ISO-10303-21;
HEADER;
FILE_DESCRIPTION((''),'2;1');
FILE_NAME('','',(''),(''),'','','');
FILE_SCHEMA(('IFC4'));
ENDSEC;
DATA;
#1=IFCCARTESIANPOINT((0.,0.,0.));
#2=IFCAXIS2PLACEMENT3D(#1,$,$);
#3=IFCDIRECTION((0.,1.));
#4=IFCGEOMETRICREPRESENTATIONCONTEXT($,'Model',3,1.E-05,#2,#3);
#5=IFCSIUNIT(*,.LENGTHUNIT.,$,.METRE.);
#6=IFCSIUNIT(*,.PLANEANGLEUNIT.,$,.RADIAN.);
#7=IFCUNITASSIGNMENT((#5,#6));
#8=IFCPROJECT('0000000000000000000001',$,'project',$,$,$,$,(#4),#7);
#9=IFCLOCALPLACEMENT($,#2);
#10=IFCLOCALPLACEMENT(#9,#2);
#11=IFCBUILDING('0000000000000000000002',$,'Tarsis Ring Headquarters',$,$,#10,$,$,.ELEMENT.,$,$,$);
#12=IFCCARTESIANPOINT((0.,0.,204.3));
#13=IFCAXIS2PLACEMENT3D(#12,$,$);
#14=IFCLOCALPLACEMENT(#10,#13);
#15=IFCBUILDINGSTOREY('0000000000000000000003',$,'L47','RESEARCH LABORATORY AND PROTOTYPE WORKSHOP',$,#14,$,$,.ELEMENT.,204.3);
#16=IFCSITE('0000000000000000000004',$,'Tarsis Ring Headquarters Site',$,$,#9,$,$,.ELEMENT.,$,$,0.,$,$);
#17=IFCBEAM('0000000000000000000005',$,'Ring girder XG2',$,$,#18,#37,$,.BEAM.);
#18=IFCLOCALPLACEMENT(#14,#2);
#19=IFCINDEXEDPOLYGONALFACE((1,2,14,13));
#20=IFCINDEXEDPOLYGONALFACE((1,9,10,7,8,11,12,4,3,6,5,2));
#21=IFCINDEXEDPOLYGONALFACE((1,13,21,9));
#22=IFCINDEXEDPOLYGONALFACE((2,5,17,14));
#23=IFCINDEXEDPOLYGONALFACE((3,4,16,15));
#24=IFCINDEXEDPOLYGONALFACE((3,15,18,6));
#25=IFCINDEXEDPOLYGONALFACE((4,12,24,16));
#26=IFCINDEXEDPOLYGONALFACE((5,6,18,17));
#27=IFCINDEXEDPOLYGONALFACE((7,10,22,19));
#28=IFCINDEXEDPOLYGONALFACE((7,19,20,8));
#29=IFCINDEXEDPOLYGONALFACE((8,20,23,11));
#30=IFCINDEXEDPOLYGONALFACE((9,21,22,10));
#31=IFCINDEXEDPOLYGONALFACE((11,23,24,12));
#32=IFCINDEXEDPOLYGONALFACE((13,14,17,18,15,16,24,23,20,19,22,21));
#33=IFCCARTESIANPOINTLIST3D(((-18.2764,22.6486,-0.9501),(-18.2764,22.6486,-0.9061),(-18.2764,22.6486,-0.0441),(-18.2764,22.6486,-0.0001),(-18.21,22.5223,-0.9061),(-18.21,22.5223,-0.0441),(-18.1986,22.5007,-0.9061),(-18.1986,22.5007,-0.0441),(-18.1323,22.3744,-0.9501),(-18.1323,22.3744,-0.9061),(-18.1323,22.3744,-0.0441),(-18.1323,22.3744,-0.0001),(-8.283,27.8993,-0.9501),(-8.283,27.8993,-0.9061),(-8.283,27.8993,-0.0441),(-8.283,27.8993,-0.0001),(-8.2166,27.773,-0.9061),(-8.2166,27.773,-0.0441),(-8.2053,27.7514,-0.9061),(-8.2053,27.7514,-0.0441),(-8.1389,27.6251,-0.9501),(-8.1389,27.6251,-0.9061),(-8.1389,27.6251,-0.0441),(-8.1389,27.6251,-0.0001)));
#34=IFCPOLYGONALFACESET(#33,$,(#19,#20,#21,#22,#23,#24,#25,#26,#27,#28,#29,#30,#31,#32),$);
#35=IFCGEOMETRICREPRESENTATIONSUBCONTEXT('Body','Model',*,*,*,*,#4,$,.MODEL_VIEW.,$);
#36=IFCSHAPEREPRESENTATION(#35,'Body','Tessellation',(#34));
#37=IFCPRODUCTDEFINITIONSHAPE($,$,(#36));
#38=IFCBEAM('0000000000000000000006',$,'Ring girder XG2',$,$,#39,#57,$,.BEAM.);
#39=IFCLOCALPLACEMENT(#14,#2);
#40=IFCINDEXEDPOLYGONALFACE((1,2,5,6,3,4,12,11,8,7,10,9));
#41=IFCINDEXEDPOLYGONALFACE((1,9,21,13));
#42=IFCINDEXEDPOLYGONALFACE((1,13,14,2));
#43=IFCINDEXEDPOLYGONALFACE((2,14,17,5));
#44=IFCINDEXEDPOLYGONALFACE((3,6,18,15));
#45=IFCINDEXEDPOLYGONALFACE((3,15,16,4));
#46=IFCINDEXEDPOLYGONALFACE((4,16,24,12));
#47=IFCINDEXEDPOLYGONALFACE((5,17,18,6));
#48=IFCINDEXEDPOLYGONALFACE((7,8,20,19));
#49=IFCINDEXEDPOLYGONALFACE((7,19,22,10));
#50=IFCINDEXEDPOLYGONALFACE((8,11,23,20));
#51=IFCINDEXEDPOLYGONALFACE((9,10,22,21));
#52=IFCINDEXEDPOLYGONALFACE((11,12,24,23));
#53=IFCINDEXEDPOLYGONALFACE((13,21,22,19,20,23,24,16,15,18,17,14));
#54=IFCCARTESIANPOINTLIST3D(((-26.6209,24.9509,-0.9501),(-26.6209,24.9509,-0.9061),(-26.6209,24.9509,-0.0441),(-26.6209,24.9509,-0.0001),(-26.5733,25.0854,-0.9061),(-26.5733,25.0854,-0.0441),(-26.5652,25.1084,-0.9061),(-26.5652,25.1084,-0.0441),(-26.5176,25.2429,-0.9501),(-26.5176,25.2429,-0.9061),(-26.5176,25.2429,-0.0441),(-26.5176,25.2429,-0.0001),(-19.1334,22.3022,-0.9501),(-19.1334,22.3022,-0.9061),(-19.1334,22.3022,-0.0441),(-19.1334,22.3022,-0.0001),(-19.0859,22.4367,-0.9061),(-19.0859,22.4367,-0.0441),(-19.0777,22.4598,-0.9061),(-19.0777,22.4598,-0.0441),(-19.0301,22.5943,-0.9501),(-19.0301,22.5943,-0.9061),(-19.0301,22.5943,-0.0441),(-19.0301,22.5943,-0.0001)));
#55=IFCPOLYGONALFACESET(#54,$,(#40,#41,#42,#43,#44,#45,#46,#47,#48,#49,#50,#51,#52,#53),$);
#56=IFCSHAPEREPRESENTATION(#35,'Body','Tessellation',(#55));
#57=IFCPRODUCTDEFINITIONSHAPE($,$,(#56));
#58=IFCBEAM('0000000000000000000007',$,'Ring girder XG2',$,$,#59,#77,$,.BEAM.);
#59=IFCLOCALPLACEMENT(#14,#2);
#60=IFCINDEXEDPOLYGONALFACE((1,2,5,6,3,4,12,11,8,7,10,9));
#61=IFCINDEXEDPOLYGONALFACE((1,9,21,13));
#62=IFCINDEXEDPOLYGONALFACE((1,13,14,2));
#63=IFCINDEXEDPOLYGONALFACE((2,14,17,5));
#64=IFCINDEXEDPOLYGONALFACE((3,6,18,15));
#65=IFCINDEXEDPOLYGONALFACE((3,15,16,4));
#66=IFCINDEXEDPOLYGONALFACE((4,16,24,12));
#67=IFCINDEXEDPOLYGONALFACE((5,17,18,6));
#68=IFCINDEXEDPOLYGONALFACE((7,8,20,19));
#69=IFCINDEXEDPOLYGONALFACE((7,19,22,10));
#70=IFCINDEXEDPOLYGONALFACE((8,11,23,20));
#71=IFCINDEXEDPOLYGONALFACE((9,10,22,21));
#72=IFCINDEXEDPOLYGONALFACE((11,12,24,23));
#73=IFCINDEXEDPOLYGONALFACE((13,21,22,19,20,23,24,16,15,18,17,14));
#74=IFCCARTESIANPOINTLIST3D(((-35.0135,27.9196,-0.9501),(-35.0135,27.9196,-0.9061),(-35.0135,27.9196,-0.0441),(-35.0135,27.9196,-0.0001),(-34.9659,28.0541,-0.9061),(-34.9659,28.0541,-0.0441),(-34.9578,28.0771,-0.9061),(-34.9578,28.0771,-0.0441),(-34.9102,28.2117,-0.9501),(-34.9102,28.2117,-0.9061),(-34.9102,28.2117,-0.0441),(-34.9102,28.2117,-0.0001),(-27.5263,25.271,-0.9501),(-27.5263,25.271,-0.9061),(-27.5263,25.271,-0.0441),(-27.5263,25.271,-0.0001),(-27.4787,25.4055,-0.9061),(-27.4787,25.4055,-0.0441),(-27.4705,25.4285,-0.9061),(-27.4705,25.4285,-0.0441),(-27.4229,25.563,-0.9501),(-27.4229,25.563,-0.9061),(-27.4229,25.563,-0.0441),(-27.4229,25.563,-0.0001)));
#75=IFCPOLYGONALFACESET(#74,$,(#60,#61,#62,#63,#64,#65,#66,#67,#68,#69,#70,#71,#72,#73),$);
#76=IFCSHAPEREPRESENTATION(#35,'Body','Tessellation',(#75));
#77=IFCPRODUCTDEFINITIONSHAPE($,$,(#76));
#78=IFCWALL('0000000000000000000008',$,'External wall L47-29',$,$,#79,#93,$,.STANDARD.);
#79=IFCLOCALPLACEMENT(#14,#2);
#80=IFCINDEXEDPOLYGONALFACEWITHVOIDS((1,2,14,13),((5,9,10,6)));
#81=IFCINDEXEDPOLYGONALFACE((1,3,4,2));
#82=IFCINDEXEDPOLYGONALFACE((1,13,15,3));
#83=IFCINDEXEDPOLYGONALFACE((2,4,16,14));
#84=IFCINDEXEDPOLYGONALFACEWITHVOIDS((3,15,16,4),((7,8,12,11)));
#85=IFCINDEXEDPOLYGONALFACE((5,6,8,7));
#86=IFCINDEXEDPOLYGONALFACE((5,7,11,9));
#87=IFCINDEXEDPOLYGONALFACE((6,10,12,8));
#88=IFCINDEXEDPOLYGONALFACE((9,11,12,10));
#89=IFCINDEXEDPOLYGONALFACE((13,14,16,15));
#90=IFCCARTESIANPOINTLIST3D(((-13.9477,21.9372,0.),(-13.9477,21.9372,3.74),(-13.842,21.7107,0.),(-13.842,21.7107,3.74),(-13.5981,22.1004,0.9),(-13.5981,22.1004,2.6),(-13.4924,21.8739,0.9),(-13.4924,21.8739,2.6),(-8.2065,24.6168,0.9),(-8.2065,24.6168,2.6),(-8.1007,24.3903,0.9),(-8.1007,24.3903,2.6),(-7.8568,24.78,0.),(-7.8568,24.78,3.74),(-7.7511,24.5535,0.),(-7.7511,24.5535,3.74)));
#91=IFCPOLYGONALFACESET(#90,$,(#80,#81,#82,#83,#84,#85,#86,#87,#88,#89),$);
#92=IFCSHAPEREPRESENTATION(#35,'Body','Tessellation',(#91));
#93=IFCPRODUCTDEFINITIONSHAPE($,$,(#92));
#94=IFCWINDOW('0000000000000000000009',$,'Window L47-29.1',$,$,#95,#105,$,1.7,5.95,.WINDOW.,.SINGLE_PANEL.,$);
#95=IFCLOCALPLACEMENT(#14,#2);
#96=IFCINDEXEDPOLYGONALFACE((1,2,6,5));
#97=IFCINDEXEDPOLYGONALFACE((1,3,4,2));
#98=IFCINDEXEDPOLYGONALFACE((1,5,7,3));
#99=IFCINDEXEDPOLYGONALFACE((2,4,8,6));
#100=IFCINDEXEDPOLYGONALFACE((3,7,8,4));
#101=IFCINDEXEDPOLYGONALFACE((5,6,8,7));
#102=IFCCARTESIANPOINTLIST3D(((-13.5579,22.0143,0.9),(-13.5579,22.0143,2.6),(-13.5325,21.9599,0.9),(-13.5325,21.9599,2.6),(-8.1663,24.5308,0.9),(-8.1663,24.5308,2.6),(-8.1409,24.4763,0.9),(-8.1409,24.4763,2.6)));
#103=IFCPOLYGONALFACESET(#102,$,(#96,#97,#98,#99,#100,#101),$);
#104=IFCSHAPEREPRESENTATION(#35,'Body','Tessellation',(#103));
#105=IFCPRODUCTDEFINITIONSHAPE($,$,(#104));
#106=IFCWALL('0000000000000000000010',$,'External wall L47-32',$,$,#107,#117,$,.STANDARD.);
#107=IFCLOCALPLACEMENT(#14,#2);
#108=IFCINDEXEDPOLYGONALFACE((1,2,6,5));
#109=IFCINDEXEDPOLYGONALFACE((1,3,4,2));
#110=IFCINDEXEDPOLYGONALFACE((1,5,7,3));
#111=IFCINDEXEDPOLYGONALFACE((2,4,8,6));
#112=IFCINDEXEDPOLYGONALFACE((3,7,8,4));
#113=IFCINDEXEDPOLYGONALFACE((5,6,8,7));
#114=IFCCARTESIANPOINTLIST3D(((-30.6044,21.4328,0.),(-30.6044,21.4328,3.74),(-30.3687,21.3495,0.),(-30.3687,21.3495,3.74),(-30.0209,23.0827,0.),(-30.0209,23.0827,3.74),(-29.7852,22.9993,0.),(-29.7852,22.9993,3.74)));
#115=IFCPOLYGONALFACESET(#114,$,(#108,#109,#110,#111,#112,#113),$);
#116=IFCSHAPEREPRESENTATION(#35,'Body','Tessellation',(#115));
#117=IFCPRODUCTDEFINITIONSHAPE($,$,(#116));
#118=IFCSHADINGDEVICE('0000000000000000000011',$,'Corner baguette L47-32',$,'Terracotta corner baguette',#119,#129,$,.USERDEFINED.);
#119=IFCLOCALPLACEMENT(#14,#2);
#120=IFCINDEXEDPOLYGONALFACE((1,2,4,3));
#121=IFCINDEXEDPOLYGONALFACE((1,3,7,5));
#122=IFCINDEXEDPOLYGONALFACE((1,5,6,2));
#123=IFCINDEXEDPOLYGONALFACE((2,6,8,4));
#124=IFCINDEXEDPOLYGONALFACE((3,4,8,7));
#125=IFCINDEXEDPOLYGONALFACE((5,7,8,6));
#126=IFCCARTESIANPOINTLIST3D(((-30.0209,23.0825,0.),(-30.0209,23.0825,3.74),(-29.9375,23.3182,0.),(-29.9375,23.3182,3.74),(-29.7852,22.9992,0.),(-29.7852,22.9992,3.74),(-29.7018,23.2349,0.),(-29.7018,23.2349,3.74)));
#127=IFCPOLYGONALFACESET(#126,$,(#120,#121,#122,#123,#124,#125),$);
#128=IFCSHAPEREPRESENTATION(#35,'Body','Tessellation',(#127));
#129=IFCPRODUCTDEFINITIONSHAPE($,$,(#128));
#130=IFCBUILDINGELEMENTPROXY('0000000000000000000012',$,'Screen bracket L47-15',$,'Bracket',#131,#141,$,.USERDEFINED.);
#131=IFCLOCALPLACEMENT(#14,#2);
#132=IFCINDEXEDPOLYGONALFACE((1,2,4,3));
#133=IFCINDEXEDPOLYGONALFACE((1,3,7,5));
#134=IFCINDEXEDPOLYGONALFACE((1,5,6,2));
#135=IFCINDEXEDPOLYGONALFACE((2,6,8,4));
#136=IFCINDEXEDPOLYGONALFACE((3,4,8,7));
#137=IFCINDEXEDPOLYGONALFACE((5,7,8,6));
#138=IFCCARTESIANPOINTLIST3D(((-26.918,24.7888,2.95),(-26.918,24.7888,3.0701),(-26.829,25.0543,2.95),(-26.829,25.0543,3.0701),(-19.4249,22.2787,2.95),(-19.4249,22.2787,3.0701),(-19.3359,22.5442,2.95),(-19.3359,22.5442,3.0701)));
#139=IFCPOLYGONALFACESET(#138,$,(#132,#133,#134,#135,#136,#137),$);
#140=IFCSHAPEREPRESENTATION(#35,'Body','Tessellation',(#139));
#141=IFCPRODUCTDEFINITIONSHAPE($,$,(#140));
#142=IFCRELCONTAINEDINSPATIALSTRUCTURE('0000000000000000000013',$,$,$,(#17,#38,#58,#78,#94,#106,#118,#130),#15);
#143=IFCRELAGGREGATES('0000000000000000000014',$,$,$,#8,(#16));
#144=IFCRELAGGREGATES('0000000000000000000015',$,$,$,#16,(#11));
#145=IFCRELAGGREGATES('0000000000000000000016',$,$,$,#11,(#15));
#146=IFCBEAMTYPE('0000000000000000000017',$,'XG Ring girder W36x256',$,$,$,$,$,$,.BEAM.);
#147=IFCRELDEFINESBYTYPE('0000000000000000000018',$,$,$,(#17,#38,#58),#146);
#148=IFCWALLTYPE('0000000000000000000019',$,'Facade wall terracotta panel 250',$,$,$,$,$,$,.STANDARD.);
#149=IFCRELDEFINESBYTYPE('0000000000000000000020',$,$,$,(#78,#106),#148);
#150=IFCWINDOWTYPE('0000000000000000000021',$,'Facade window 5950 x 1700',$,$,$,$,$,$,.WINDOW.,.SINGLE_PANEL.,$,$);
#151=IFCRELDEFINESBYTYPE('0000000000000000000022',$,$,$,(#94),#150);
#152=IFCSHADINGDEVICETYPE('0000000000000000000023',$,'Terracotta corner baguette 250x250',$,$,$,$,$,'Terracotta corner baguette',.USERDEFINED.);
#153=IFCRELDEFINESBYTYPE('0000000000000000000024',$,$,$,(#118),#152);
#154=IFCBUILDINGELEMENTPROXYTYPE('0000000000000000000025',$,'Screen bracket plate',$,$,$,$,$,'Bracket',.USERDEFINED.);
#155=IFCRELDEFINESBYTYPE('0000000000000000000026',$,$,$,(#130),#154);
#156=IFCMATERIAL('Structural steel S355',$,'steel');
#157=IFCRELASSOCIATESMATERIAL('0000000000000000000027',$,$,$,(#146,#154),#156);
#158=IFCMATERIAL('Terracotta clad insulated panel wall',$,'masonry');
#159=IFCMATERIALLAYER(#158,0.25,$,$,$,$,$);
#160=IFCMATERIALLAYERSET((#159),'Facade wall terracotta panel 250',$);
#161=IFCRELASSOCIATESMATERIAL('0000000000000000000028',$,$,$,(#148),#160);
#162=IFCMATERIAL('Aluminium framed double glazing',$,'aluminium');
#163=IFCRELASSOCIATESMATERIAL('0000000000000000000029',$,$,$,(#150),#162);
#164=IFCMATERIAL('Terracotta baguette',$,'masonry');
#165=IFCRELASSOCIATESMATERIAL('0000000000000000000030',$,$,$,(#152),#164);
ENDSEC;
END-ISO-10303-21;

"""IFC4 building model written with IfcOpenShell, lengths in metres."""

from ifc_helpers import new_model, si_unit, direction, frame, frame_2d, origin, origin_2d, place, context, subcontext, project, spatial, rectangle, i_section, extrude, material, layer, layer_set, material_profile, profile_set, type_object, element, fill, save


model = new_model("IFC4")

# Units and contexts
model_context = context("Model", 3, precision=1e-05, world=origin(), true_north=direction((0.0, 1.0)))
body_context = subcontext(model_context, "Body", "Model", "MODEL_VIEW")
ifc_project = project(units=[si_unit("LENGTHUNIT", "METRE"), si_unit("PLANEANGLEUNIT", "RADIAN")], contexts=[model_context])

# Site, building, storey
site_placement = place(None, origin())
site = spatial("IfcSite", under=ifc_project, at=site_placement, Name="Tarsis Ring Headquarters Site", CompositionType="ELEMENT", RefElevation=0.0)
building_placement = place(site_placement, origin())
building = spatial("IfcBuilding", under=site, at=building_placement, Name="Tarsis Ring Headquarters", CompositionType="ELEMENT")
storey_placement = place(building_placement, frame((0.0, 0.0, 204.3)))
storey = spatial("IfcBuildingStorey", under=building, at=storey_placement, Name="L47", Description="RESEARCH LABORATORY AND PROTOTYPE WORKSHOP", CompositionType="ELEMENT", Elevation=204.3)

# Shared definitions
ifc_material_1 = material(Name="Structural steel S355", Category="steel")

# Beams
ifc_material_profile_1 = material_profile(ifc_material_1, i_section(OverallWidth=0.3098, OverallDepth=0.95, WebThickness=0.0244, FlangeThickness=0.0439, at=origin_2d()), Name="W36x256")
ifc_profile_set_1 = profile_set([ifc_material_profile_1], Name="Structural steel S355")
beam_type_1 = type_object("IfcBeamType", Name="XG Ring girder W36x256", PredefinedType="BEAM", material=ifc_profile_set_1)
beam_1_placement = place(storey_placement, frame((-8.2109, 27.7622, -0.4751), z_axis=(-0.885245, -0.465125, 0.0), x_axis=(0.465125, -0.885245, 0.0)))
element("IfcBeam", 1, at=beam_1_placement, inside=storey, type_object=beam_type_1, Name="Ring girder XG2", PredefinedType="BEAM", context=body_context, shape_type="SweptSolid", body=[
    extrude(i_section(OverallWidth=0.3098, OverallDepth=0.95, WebThickness=0.0244, FlangeThickness=0.0439, at=origin_2d()), origin(), (0.0, 0.0, 1.0), 11.2888),
])
beam_2_placement = place(storey_placement, frame((-19.0818, 22.4482, -0.4751), z_axis=(-0.942752, 0.333494, 0.0), x_axis=(-0.333494, -0.942752, 0.0)))
element("IfcBeam", 2, at=beam_2_placement, inside=storey, type_object=beam_type_1, Name="Ring girder XG2", PredefinedType="BEAM", context=body_context, shape_type="SweptSolid", body=[
    extrude(i_section(OverallWidth=0.3098, OverallDepth=0.95, WebThickness=0.0244, FlangeThickness=0.0439, at=origin_2d()), origin(), (0.0, 0.0, 1.0), 7.9421),
])
beam_3_placement = place(storey_placement, frame((-27.4746, 25.417, -0.4751), z_axis=(-0.942749, 0.333503, 0.0), x_axis=(-0.333503, -0.942749, 0.0)))
element("IfcBeam", 3, at=beam_3_placement, inside=storey, type_object=beam_type_1, Name="Ring girder XG2", PredefinedType="BEAM", context=body_context, shape_type="SweptSolid", body=[
    extrude(i_section(OverallWidth=0.3098, OverallDepth=0.95, WebThickness=0.0244, FlangeThickness=0.0439, at=origin_2d()), origin(), (0.0, 0.0, 1.0), 7.9419),
])

# Wall, opening, window
ifc_material_2 = material(Name="Terracotta clad insulated panel wall", Category="masonry")
ifc_layer = layer(ifc_material_2, 0.25)
ifc_layer_set = layer_set([ifc_layer], Name="Facade wall terracotta panel 250")
wall_type = type_object("IfcWallType", Name="Facade wall terracotta panel 250", PredefinedType="STANDARD", material=ifc_layer_set)
wall_1_placement = place(storey_placement, frame((-7.804, 24.6667, 0.0), z_axis=(0.0, 0.0, 1.0), x_axis=(-0.906161, -0.422933, 0.0)))
wall_1 = element("IfcWall", 4, at=wall_1_placement, inside=storey, type_object=wall_type, Name="External wall L47-29", PredefinedType="STANDARD", context=body_context, shape_type="SweptSolid", body=[
    extrude(rectangle(XDim=6.7217, YDim=0.25, at=frame_2d((3.3608, 0.0))), origin(), (0.0, 0.0, 1.0), 3.74),
])
opening_placement = place(wall_1_placement, frame((0.3857, 0.0, 0.8999)))
opening = element("IfcOpeningElement", 5, at=opening_placement, cuts=wall_1, PredefinedType="OPENING", context=body_context, shape_type="SweptSolid", body=[
    extrude(rectangle(XDim=5.95, YDim=1.7, at=frame_2d((2.9751, 0.8501))), frame((0.0, 0.135, 0.0), z_axis=(0.0, -1.0, 0.0), x_axis=(1.0, 0.0, 0.0)), (0.0, 0.0, 1.0), 0.27),
])
ifc_material_3 = material(Name="Aluminium framed double glazing", Category="aluminium")
window_type = type_object("IfcWindowType", Name="Facade window 5950 x 1700", PartitioningType="SINGLE_PANEL", PredefinedType="WINDOW", material=ifc_material_3)
window_placement = place(opening_placement, origin())
window = element("IfcWindow", 6, at=window_placement, inside=storey, type_object=window_type, Name="Window L47-29.1", OverallHeight=1.7, OverallWidth=5.95, PartitioningType="SINGLE_PANEL", PredefinedType="WINDOW", context=body_context, shape_type="SweptSolid", body=[
    extrude(rectangle(XDim=5.95, YDim=1.7, at=frame_2d((2.9751, 0.8501))), frame((0.0, 0.03, 0.0), z_axis=(0.0, -1.0, 0.0), x_axis=(1.0, 0.0, 0.0)), (0.0, 0.0, 1.0), 0.0601),
])
fill(opening, window)

# Wall
wall_2_placement = place(storey_placement, frame((-29.9031, 23.041, 0.0), z_axis=(0.0, 0.0, 1.0), x_axis=(-0.333418, -0.942779, 0.0)))
element("IfcWall", 7, at=wall_2_placement, inside=storey, type_object=wall_type, Name="External wall L47-32", PredefinedType="STANDARD", context=body_context, shape_type="SweptSolid", body=[
    extrude(rectangle(XDim=1.75, YDim=0.25, at=frame_2d((0.875, 0.0))), origin(), (0.0, 0.0, 1.0), 3.74),
])

# Shading device
ifc_material_4 = material(Name="Terracotta baguette", Category="masonry")
shading_device_type_1 = type_object("IfcShadingDeviceType", Name="Terracotta corner baguette 250x250", ElementType="Terracotta corner baguette", PredefinedType="USERDEFINED", material=ifc_material_4)
shading_device_1_placement = place(storey_placement, frame((-29.8613, 23.1587, 0.0), z_axis=(0.0, 0.0, 1.0), x_axis=(-0.942758, 0.333478, 0.0)))
element("IfcShadingDevice", 8, at=shading_device_1_placement, inside=storey, type_object=shading_device_type_1, Name="Corner baguette L47-32", ObjectType="Terracotta corner baguette", PredefinedType="USERDEFINED", context=body_context, shape_type="SweptSolid", body=[
    extrude(rectangle(XDim=0.25, YDim=0.25, at=origin_2d()), origin(), (0.0, 0.0, 1.0), 3.74),
])

# Building element proxy
building_element_proxy_type = type_object("IfcBuildingElementProxyType", Name="Screen bracket plate", ElementType="Bracket", PredefinedType="USERDEFINED", material=ifc_material_1)
proxy_placement = place(storey_placement, frame((-23.127, 23.6665, 2.95), z_axis=(0.0, 0.0, 1.0), x_axis=(-0.948213, 0.317636, 0.0)))
element("IfcBuildingElementProxy", 9, at=proxy_placement, inside=storey, type_object=building_element_proxy_type, Name="Screen bracket L47-15", ObjectType="Bracket", PredefinedType="USERDEFINED", context=body_context, shape_type="SweptSolid", body=[
    extrude(rectangle(XDim=7.9023, YDim=0.28, at=origin_2d()), origin(), (0.0, 0.0, 1.0), 0.1201),
])

save(model, "model.ifc")
